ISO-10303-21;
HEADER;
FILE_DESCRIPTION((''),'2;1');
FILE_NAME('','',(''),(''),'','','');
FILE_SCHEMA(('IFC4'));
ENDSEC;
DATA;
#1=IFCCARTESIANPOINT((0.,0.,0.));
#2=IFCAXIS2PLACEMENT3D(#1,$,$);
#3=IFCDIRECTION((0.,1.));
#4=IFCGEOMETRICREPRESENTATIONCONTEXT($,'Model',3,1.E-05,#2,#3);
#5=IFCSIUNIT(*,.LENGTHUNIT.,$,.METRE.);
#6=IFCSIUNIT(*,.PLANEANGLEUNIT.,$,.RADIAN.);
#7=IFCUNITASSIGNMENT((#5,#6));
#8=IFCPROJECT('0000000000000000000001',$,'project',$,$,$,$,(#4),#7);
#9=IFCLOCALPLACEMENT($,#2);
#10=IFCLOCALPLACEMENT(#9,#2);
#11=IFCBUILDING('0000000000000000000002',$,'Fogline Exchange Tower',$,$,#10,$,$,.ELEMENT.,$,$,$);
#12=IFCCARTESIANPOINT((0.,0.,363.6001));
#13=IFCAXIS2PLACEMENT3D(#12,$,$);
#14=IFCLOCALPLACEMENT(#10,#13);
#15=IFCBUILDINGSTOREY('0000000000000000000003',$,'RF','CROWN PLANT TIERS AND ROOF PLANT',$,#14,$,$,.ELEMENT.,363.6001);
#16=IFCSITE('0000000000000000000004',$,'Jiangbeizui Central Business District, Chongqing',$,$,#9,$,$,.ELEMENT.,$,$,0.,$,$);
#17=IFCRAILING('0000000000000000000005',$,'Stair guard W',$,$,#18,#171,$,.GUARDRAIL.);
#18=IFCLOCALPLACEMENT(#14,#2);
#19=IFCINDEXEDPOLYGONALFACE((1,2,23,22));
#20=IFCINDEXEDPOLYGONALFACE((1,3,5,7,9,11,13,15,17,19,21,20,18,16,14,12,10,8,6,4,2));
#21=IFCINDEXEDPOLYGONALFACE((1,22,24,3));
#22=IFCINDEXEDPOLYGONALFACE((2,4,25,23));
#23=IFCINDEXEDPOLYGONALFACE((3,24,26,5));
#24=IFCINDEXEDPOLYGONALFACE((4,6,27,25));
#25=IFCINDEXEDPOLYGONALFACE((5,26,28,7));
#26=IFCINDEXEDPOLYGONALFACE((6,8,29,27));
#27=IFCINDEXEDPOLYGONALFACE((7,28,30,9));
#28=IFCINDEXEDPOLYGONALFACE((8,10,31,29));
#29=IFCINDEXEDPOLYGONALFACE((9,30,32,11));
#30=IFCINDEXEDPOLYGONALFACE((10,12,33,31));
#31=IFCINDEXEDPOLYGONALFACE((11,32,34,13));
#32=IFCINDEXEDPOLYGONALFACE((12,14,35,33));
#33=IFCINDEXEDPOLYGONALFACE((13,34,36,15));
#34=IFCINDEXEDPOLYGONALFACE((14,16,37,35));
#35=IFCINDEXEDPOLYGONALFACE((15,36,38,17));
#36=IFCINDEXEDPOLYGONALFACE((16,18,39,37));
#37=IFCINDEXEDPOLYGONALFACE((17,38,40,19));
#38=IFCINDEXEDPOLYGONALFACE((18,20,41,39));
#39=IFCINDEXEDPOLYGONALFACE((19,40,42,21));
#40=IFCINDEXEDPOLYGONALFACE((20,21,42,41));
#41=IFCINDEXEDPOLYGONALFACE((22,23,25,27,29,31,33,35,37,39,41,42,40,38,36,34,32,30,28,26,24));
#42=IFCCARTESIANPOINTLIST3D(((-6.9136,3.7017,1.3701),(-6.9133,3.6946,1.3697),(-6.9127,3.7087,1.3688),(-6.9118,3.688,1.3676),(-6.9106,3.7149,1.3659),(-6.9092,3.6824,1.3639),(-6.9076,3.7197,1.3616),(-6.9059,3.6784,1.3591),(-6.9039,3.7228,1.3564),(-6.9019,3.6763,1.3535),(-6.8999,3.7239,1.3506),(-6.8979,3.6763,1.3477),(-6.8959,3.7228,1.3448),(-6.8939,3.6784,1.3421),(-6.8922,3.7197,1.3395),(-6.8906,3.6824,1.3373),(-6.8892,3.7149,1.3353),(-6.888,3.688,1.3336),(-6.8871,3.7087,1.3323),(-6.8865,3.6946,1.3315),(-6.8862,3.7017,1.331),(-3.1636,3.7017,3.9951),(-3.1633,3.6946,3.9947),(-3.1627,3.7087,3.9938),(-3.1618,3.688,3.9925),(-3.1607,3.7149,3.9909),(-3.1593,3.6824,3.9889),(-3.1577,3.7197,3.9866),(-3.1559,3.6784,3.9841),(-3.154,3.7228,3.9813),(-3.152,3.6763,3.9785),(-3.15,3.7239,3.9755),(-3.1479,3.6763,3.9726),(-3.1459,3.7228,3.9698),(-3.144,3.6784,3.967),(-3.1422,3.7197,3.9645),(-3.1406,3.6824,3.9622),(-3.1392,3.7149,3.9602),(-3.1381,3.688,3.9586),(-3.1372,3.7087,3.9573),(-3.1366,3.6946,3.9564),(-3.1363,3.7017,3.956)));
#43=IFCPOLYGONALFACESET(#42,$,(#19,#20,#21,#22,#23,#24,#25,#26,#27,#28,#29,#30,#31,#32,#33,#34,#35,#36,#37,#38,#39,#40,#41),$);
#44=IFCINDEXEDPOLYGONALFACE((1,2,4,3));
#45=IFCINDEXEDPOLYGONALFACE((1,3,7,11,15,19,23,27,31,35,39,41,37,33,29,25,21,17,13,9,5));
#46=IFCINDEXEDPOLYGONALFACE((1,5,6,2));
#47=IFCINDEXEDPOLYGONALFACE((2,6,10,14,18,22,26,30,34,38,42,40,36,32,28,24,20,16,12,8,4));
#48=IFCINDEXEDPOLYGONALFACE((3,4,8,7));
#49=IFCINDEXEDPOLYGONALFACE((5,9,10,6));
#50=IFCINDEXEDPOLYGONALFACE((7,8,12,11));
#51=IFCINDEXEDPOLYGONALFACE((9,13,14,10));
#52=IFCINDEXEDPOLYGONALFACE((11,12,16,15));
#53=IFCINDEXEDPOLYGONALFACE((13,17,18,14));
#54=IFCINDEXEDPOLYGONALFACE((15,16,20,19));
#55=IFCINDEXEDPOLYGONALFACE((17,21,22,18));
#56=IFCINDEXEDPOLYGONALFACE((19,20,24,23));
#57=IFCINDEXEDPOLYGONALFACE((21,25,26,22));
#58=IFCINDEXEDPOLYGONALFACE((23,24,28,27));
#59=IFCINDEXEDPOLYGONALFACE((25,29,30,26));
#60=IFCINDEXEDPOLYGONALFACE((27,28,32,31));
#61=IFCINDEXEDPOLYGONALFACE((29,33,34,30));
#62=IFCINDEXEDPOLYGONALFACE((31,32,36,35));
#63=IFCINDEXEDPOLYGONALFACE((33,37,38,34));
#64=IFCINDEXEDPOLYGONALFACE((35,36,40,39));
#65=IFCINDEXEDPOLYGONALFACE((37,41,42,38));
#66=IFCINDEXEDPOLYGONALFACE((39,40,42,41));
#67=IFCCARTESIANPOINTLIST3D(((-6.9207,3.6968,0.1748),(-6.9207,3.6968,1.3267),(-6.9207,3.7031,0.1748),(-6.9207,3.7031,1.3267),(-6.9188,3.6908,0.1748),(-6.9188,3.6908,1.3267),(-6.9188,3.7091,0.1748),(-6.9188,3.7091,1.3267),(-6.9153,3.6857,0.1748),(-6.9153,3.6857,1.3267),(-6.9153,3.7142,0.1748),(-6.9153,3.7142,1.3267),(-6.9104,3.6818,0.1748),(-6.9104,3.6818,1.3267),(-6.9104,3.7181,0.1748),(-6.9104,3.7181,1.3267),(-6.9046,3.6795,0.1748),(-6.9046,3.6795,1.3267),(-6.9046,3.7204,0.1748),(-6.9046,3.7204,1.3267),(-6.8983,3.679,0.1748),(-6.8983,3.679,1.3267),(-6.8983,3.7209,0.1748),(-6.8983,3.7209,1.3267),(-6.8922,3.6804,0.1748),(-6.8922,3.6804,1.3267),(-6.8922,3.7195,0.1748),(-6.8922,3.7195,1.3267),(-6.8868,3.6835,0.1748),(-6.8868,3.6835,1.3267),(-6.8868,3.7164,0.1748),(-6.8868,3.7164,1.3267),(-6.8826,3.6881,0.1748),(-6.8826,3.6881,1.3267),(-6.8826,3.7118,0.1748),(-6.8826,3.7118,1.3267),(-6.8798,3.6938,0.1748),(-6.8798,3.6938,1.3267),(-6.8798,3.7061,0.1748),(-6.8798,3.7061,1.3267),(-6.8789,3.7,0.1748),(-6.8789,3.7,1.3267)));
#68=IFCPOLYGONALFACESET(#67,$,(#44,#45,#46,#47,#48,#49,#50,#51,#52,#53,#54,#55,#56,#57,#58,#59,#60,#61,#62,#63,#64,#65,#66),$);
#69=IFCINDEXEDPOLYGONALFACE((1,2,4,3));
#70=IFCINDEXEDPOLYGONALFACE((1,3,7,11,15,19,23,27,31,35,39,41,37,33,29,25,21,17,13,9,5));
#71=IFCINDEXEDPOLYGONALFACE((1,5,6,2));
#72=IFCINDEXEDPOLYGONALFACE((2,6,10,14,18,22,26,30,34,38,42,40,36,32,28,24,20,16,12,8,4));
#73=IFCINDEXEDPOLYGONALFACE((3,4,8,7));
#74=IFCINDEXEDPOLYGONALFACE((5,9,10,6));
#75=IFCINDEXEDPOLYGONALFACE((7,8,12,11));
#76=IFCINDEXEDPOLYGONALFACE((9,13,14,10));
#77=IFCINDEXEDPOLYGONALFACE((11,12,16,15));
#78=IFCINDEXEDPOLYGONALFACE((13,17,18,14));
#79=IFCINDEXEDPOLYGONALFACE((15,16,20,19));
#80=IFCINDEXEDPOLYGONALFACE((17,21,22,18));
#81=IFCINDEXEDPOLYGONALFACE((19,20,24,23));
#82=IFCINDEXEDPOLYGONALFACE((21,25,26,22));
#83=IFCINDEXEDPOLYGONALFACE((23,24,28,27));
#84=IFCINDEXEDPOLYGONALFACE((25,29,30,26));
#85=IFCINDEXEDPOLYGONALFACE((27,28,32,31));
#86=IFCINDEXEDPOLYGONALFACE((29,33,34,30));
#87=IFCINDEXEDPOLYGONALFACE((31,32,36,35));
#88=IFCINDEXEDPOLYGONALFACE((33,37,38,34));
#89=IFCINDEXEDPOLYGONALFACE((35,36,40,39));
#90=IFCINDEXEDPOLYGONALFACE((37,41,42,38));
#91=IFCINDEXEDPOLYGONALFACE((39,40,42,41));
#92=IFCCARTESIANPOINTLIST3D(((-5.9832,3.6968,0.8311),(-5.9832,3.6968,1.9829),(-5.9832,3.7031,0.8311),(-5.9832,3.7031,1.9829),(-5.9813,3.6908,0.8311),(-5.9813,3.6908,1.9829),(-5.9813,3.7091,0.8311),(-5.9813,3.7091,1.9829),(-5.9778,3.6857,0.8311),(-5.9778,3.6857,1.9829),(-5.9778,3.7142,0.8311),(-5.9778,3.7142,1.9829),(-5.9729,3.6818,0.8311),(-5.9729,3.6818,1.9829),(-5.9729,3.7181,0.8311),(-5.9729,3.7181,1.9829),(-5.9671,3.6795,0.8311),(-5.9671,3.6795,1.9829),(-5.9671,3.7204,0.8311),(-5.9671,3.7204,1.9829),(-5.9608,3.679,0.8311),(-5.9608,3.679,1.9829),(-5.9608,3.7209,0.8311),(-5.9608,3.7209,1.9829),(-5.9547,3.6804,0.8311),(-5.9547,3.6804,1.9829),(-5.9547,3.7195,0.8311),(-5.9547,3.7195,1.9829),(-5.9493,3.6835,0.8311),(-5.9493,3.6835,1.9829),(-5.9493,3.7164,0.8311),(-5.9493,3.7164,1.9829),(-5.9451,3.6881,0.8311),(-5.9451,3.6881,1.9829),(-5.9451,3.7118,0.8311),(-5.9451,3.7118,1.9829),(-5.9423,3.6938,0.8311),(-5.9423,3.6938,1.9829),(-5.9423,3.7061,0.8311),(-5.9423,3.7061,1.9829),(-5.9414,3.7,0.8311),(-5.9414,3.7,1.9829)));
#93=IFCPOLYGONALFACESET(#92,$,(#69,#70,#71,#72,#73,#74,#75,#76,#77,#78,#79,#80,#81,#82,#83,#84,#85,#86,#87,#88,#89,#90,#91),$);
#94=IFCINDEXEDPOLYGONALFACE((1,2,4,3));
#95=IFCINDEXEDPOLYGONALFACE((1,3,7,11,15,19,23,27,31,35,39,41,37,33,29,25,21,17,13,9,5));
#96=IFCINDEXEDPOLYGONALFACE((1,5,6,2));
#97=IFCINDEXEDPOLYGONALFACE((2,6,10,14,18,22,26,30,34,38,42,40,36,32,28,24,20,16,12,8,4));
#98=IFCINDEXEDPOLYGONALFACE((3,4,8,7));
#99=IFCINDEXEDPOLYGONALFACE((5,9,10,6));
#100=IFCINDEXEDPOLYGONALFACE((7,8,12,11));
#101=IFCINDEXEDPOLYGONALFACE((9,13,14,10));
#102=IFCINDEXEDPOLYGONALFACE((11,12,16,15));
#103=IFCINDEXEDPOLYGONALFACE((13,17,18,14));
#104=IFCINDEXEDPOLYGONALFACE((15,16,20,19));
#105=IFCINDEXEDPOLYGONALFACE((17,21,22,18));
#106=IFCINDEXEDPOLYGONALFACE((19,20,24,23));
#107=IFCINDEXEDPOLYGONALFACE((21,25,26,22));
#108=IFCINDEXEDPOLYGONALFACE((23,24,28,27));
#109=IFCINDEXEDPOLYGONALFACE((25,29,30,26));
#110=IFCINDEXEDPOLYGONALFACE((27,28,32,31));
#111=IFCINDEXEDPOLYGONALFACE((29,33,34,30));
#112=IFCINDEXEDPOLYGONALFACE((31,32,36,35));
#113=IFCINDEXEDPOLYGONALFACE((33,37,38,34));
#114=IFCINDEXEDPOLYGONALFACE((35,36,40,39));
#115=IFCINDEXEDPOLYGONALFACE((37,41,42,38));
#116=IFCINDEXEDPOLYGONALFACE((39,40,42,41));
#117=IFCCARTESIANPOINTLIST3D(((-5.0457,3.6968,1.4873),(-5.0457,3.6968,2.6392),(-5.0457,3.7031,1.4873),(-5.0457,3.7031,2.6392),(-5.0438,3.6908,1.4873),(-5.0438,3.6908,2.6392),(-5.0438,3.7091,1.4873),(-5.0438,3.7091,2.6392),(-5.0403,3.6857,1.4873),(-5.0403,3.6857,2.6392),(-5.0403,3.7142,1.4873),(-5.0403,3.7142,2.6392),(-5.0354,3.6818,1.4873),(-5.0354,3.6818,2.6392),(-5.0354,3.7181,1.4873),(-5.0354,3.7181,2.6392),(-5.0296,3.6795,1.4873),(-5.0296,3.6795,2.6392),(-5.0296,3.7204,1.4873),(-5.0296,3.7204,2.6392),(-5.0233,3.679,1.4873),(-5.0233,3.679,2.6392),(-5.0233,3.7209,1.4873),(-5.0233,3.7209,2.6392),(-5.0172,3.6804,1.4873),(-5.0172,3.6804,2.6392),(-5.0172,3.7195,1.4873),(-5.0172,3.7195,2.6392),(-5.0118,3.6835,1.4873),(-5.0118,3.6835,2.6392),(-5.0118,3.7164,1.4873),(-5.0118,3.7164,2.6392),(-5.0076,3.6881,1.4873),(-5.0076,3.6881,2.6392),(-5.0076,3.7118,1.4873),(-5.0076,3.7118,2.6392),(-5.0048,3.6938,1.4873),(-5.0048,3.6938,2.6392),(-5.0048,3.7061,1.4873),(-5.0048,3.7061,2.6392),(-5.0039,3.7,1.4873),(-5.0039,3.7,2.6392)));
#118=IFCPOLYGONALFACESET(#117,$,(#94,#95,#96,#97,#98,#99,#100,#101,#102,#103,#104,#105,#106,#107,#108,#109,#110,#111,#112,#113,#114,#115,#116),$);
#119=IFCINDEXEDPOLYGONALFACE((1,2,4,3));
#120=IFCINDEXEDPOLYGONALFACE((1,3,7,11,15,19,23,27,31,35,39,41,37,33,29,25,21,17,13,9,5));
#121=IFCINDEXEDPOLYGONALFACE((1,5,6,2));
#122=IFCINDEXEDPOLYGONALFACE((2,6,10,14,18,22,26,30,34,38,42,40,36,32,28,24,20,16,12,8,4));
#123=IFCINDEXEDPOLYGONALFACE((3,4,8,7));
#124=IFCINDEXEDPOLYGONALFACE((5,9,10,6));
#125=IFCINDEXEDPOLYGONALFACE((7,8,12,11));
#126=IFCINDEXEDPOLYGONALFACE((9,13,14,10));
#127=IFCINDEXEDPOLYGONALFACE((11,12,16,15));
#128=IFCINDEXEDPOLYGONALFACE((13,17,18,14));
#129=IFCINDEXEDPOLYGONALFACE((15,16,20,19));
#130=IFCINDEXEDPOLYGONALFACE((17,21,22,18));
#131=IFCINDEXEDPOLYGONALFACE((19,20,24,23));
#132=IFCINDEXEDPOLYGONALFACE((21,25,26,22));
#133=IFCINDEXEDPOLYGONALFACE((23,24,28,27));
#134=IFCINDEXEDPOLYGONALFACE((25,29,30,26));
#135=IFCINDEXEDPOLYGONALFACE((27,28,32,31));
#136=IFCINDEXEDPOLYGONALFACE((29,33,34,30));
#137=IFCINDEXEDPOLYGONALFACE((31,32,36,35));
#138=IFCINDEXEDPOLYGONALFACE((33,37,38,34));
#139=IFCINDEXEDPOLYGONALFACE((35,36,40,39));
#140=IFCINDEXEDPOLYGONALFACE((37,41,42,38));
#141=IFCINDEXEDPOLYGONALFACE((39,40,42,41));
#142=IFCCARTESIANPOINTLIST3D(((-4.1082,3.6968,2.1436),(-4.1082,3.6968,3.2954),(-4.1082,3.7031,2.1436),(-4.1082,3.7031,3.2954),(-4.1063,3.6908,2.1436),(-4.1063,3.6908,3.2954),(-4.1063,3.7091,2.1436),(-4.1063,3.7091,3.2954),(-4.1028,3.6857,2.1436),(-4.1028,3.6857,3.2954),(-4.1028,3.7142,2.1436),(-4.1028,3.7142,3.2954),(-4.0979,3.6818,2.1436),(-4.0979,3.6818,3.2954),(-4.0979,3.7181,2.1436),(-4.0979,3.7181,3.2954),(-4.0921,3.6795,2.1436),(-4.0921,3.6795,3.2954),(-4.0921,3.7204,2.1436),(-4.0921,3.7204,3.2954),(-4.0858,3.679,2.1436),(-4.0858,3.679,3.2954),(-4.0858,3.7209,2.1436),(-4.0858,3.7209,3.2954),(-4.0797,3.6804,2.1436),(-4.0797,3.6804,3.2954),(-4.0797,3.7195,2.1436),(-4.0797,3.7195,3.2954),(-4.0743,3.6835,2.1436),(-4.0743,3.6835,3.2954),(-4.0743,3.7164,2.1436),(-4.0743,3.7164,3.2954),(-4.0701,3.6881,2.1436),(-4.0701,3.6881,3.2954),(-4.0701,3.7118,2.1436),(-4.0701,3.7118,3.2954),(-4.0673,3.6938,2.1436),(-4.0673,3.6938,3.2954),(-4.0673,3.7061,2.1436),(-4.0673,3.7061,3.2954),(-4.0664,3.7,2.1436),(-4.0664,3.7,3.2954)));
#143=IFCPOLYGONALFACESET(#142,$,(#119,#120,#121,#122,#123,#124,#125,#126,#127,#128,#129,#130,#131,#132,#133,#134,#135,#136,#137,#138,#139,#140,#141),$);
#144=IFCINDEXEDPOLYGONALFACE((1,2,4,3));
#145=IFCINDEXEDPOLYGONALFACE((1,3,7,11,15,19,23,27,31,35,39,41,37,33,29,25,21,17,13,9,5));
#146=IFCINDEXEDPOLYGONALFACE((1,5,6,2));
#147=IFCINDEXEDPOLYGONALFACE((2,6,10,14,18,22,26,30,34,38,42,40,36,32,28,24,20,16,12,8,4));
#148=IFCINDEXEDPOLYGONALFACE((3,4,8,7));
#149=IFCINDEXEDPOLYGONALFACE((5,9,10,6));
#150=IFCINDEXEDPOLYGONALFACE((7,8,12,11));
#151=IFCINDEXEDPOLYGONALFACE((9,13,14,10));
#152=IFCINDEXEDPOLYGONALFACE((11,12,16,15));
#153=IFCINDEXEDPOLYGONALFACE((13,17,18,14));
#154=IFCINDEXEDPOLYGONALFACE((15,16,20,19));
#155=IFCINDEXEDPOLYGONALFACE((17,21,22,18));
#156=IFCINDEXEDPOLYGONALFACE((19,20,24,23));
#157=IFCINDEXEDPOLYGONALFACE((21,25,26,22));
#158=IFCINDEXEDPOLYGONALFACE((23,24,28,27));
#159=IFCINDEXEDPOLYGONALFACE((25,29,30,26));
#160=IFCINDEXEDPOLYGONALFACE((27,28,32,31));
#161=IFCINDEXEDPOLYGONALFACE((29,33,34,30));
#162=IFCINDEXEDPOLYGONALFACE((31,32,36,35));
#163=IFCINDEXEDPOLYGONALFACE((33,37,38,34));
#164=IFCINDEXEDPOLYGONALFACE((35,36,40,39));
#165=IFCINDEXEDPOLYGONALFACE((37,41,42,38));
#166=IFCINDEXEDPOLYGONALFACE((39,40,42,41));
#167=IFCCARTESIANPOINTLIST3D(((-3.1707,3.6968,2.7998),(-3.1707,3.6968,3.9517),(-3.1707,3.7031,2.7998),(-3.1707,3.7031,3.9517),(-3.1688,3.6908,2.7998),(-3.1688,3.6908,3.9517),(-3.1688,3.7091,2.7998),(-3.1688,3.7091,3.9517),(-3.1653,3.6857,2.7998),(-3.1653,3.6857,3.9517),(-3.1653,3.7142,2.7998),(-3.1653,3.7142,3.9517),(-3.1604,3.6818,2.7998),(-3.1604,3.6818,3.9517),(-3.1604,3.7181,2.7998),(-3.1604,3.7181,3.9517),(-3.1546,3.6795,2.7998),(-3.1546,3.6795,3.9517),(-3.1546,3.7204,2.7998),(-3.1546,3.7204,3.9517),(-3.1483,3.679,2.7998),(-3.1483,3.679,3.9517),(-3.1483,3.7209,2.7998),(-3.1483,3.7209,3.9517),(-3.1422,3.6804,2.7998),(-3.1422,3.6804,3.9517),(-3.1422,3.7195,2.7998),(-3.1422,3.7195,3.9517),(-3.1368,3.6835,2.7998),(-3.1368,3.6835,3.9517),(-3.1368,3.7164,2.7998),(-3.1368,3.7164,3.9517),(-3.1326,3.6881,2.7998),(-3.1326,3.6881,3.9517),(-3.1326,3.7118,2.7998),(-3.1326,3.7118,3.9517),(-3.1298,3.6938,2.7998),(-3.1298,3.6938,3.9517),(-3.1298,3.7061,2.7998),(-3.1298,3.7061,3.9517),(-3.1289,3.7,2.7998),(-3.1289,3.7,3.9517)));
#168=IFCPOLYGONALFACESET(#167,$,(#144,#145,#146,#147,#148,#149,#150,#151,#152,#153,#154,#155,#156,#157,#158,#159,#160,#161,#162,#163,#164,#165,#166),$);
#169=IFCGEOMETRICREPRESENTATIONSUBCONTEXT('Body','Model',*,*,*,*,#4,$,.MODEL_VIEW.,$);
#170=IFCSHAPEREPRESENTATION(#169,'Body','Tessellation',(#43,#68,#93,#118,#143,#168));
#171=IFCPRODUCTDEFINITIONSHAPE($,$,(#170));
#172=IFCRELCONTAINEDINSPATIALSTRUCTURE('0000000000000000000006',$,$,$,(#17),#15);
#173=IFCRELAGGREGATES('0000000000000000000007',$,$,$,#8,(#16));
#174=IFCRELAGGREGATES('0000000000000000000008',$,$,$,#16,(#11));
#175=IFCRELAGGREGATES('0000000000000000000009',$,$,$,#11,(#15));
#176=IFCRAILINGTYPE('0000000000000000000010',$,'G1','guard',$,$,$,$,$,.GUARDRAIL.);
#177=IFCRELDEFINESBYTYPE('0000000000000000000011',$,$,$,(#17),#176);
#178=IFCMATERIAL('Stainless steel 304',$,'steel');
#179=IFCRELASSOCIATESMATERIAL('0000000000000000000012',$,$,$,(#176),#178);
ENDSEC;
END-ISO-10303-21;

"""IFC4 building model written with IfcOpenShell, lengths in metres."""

from ifc_helpers import new_model, si_unit, direction, frame, origin, origin_2d, place, context, subcontext, project, spatial, circle, extrude, material, type_object, element, save


model = new_model("IFC4")

# Units and contexts
model_context = context("Model", 3, precision=1e-05, world=origin(), true_north=direction((0.0, 1.0)))
body_context = subcontext(model_context, "Body", "Model", "MODEL_VIEW")
ifc_project = project(units=[si_unit("LENGTHUNIT", "METRE"), si_unit("PLANEANGLEUNIT", "RADIAN")], contexts=[model_context])

# Site, building, storey
site_placement = place(None, origin())
site = spatial("IfcSite", under=ifc_project, at=site_placement, Name="Jiangbeizui Central Business District, Chongqing", CompositionType="ELEMENT", RefElevation=0.0)
building_placement = place(site_placement, origin())
building = spatial("IfcBuilding", under=site, at=building_placement, Name="Fogline Exchange Tower", CompositionType="ELEMENT")
storey_placement = place(building_placement, frame((0.0, 0.0, 363.6001)))
storey = spatial("IfcBuildingStorey", under=building, at=storey_placement, Name="RF", Description="CROWN PLANT TIERS AND ROOF PLANT", CompositionType="ELEMENT", Elevation=363.6001)

# Railing
ifc_material_1 = material(Name="Stainless steel 304", Category="steel")
railing_type_1 = type_object("IfcRailingType", Name="G1", Description="guard", PredefinedType="GUARDRAIL", material=ifc_material_1)
railing_1_placement = place(storey_placement, frame((-6.8999, 3.7, 0.1748)))
element("IfcRailing", 1, at=railing_1_placement, inside=storey, type_object=railing_type_1, Name="Stair guard W", PredefinedType="GUARDRAIL", context=body_context, shape_type="SweptSolid", body=[
    extrude(circle(Radius=0.0239, at=origin_2d()), frame((0.0, 0.0, 1.1758), z_axis=(0.819232, 0.0, 0.573462), x_axis=(0.0, 1.0, 0.0)), (0.0, 0.0, 1.0), 4.5774),
    extrude(circle(Radius=0.021, at=origin_2d()), origin(), (0.0, 0.0, 1.0), 1.1519),
    extrude(circle(Radius=0.021, at=origin_2d()), frame((0.9375, 0.0, 0.6562)), (0.0, 0.0, 1.0), 1.1519),
    extrude(circle(Radius=0.021, at=origin_2d()), frame((1.875, 0.0, 1.3125)), (0.0, 0.0, 1.0), 1.1519),
    extrude(circle(Radius=0.021, at=origin_2d()), frame((2.8125, 0.0, 1.9688)), (0.0, 0.0, 1.0), 1.1519),
    extrude(circle(Radius=0.021, at=origin_2d()), frame((3.75, 0.0, 2.625)), (0.0, 0.0, 1.0), 1.1519),
])

save(model, "model.ifc")
